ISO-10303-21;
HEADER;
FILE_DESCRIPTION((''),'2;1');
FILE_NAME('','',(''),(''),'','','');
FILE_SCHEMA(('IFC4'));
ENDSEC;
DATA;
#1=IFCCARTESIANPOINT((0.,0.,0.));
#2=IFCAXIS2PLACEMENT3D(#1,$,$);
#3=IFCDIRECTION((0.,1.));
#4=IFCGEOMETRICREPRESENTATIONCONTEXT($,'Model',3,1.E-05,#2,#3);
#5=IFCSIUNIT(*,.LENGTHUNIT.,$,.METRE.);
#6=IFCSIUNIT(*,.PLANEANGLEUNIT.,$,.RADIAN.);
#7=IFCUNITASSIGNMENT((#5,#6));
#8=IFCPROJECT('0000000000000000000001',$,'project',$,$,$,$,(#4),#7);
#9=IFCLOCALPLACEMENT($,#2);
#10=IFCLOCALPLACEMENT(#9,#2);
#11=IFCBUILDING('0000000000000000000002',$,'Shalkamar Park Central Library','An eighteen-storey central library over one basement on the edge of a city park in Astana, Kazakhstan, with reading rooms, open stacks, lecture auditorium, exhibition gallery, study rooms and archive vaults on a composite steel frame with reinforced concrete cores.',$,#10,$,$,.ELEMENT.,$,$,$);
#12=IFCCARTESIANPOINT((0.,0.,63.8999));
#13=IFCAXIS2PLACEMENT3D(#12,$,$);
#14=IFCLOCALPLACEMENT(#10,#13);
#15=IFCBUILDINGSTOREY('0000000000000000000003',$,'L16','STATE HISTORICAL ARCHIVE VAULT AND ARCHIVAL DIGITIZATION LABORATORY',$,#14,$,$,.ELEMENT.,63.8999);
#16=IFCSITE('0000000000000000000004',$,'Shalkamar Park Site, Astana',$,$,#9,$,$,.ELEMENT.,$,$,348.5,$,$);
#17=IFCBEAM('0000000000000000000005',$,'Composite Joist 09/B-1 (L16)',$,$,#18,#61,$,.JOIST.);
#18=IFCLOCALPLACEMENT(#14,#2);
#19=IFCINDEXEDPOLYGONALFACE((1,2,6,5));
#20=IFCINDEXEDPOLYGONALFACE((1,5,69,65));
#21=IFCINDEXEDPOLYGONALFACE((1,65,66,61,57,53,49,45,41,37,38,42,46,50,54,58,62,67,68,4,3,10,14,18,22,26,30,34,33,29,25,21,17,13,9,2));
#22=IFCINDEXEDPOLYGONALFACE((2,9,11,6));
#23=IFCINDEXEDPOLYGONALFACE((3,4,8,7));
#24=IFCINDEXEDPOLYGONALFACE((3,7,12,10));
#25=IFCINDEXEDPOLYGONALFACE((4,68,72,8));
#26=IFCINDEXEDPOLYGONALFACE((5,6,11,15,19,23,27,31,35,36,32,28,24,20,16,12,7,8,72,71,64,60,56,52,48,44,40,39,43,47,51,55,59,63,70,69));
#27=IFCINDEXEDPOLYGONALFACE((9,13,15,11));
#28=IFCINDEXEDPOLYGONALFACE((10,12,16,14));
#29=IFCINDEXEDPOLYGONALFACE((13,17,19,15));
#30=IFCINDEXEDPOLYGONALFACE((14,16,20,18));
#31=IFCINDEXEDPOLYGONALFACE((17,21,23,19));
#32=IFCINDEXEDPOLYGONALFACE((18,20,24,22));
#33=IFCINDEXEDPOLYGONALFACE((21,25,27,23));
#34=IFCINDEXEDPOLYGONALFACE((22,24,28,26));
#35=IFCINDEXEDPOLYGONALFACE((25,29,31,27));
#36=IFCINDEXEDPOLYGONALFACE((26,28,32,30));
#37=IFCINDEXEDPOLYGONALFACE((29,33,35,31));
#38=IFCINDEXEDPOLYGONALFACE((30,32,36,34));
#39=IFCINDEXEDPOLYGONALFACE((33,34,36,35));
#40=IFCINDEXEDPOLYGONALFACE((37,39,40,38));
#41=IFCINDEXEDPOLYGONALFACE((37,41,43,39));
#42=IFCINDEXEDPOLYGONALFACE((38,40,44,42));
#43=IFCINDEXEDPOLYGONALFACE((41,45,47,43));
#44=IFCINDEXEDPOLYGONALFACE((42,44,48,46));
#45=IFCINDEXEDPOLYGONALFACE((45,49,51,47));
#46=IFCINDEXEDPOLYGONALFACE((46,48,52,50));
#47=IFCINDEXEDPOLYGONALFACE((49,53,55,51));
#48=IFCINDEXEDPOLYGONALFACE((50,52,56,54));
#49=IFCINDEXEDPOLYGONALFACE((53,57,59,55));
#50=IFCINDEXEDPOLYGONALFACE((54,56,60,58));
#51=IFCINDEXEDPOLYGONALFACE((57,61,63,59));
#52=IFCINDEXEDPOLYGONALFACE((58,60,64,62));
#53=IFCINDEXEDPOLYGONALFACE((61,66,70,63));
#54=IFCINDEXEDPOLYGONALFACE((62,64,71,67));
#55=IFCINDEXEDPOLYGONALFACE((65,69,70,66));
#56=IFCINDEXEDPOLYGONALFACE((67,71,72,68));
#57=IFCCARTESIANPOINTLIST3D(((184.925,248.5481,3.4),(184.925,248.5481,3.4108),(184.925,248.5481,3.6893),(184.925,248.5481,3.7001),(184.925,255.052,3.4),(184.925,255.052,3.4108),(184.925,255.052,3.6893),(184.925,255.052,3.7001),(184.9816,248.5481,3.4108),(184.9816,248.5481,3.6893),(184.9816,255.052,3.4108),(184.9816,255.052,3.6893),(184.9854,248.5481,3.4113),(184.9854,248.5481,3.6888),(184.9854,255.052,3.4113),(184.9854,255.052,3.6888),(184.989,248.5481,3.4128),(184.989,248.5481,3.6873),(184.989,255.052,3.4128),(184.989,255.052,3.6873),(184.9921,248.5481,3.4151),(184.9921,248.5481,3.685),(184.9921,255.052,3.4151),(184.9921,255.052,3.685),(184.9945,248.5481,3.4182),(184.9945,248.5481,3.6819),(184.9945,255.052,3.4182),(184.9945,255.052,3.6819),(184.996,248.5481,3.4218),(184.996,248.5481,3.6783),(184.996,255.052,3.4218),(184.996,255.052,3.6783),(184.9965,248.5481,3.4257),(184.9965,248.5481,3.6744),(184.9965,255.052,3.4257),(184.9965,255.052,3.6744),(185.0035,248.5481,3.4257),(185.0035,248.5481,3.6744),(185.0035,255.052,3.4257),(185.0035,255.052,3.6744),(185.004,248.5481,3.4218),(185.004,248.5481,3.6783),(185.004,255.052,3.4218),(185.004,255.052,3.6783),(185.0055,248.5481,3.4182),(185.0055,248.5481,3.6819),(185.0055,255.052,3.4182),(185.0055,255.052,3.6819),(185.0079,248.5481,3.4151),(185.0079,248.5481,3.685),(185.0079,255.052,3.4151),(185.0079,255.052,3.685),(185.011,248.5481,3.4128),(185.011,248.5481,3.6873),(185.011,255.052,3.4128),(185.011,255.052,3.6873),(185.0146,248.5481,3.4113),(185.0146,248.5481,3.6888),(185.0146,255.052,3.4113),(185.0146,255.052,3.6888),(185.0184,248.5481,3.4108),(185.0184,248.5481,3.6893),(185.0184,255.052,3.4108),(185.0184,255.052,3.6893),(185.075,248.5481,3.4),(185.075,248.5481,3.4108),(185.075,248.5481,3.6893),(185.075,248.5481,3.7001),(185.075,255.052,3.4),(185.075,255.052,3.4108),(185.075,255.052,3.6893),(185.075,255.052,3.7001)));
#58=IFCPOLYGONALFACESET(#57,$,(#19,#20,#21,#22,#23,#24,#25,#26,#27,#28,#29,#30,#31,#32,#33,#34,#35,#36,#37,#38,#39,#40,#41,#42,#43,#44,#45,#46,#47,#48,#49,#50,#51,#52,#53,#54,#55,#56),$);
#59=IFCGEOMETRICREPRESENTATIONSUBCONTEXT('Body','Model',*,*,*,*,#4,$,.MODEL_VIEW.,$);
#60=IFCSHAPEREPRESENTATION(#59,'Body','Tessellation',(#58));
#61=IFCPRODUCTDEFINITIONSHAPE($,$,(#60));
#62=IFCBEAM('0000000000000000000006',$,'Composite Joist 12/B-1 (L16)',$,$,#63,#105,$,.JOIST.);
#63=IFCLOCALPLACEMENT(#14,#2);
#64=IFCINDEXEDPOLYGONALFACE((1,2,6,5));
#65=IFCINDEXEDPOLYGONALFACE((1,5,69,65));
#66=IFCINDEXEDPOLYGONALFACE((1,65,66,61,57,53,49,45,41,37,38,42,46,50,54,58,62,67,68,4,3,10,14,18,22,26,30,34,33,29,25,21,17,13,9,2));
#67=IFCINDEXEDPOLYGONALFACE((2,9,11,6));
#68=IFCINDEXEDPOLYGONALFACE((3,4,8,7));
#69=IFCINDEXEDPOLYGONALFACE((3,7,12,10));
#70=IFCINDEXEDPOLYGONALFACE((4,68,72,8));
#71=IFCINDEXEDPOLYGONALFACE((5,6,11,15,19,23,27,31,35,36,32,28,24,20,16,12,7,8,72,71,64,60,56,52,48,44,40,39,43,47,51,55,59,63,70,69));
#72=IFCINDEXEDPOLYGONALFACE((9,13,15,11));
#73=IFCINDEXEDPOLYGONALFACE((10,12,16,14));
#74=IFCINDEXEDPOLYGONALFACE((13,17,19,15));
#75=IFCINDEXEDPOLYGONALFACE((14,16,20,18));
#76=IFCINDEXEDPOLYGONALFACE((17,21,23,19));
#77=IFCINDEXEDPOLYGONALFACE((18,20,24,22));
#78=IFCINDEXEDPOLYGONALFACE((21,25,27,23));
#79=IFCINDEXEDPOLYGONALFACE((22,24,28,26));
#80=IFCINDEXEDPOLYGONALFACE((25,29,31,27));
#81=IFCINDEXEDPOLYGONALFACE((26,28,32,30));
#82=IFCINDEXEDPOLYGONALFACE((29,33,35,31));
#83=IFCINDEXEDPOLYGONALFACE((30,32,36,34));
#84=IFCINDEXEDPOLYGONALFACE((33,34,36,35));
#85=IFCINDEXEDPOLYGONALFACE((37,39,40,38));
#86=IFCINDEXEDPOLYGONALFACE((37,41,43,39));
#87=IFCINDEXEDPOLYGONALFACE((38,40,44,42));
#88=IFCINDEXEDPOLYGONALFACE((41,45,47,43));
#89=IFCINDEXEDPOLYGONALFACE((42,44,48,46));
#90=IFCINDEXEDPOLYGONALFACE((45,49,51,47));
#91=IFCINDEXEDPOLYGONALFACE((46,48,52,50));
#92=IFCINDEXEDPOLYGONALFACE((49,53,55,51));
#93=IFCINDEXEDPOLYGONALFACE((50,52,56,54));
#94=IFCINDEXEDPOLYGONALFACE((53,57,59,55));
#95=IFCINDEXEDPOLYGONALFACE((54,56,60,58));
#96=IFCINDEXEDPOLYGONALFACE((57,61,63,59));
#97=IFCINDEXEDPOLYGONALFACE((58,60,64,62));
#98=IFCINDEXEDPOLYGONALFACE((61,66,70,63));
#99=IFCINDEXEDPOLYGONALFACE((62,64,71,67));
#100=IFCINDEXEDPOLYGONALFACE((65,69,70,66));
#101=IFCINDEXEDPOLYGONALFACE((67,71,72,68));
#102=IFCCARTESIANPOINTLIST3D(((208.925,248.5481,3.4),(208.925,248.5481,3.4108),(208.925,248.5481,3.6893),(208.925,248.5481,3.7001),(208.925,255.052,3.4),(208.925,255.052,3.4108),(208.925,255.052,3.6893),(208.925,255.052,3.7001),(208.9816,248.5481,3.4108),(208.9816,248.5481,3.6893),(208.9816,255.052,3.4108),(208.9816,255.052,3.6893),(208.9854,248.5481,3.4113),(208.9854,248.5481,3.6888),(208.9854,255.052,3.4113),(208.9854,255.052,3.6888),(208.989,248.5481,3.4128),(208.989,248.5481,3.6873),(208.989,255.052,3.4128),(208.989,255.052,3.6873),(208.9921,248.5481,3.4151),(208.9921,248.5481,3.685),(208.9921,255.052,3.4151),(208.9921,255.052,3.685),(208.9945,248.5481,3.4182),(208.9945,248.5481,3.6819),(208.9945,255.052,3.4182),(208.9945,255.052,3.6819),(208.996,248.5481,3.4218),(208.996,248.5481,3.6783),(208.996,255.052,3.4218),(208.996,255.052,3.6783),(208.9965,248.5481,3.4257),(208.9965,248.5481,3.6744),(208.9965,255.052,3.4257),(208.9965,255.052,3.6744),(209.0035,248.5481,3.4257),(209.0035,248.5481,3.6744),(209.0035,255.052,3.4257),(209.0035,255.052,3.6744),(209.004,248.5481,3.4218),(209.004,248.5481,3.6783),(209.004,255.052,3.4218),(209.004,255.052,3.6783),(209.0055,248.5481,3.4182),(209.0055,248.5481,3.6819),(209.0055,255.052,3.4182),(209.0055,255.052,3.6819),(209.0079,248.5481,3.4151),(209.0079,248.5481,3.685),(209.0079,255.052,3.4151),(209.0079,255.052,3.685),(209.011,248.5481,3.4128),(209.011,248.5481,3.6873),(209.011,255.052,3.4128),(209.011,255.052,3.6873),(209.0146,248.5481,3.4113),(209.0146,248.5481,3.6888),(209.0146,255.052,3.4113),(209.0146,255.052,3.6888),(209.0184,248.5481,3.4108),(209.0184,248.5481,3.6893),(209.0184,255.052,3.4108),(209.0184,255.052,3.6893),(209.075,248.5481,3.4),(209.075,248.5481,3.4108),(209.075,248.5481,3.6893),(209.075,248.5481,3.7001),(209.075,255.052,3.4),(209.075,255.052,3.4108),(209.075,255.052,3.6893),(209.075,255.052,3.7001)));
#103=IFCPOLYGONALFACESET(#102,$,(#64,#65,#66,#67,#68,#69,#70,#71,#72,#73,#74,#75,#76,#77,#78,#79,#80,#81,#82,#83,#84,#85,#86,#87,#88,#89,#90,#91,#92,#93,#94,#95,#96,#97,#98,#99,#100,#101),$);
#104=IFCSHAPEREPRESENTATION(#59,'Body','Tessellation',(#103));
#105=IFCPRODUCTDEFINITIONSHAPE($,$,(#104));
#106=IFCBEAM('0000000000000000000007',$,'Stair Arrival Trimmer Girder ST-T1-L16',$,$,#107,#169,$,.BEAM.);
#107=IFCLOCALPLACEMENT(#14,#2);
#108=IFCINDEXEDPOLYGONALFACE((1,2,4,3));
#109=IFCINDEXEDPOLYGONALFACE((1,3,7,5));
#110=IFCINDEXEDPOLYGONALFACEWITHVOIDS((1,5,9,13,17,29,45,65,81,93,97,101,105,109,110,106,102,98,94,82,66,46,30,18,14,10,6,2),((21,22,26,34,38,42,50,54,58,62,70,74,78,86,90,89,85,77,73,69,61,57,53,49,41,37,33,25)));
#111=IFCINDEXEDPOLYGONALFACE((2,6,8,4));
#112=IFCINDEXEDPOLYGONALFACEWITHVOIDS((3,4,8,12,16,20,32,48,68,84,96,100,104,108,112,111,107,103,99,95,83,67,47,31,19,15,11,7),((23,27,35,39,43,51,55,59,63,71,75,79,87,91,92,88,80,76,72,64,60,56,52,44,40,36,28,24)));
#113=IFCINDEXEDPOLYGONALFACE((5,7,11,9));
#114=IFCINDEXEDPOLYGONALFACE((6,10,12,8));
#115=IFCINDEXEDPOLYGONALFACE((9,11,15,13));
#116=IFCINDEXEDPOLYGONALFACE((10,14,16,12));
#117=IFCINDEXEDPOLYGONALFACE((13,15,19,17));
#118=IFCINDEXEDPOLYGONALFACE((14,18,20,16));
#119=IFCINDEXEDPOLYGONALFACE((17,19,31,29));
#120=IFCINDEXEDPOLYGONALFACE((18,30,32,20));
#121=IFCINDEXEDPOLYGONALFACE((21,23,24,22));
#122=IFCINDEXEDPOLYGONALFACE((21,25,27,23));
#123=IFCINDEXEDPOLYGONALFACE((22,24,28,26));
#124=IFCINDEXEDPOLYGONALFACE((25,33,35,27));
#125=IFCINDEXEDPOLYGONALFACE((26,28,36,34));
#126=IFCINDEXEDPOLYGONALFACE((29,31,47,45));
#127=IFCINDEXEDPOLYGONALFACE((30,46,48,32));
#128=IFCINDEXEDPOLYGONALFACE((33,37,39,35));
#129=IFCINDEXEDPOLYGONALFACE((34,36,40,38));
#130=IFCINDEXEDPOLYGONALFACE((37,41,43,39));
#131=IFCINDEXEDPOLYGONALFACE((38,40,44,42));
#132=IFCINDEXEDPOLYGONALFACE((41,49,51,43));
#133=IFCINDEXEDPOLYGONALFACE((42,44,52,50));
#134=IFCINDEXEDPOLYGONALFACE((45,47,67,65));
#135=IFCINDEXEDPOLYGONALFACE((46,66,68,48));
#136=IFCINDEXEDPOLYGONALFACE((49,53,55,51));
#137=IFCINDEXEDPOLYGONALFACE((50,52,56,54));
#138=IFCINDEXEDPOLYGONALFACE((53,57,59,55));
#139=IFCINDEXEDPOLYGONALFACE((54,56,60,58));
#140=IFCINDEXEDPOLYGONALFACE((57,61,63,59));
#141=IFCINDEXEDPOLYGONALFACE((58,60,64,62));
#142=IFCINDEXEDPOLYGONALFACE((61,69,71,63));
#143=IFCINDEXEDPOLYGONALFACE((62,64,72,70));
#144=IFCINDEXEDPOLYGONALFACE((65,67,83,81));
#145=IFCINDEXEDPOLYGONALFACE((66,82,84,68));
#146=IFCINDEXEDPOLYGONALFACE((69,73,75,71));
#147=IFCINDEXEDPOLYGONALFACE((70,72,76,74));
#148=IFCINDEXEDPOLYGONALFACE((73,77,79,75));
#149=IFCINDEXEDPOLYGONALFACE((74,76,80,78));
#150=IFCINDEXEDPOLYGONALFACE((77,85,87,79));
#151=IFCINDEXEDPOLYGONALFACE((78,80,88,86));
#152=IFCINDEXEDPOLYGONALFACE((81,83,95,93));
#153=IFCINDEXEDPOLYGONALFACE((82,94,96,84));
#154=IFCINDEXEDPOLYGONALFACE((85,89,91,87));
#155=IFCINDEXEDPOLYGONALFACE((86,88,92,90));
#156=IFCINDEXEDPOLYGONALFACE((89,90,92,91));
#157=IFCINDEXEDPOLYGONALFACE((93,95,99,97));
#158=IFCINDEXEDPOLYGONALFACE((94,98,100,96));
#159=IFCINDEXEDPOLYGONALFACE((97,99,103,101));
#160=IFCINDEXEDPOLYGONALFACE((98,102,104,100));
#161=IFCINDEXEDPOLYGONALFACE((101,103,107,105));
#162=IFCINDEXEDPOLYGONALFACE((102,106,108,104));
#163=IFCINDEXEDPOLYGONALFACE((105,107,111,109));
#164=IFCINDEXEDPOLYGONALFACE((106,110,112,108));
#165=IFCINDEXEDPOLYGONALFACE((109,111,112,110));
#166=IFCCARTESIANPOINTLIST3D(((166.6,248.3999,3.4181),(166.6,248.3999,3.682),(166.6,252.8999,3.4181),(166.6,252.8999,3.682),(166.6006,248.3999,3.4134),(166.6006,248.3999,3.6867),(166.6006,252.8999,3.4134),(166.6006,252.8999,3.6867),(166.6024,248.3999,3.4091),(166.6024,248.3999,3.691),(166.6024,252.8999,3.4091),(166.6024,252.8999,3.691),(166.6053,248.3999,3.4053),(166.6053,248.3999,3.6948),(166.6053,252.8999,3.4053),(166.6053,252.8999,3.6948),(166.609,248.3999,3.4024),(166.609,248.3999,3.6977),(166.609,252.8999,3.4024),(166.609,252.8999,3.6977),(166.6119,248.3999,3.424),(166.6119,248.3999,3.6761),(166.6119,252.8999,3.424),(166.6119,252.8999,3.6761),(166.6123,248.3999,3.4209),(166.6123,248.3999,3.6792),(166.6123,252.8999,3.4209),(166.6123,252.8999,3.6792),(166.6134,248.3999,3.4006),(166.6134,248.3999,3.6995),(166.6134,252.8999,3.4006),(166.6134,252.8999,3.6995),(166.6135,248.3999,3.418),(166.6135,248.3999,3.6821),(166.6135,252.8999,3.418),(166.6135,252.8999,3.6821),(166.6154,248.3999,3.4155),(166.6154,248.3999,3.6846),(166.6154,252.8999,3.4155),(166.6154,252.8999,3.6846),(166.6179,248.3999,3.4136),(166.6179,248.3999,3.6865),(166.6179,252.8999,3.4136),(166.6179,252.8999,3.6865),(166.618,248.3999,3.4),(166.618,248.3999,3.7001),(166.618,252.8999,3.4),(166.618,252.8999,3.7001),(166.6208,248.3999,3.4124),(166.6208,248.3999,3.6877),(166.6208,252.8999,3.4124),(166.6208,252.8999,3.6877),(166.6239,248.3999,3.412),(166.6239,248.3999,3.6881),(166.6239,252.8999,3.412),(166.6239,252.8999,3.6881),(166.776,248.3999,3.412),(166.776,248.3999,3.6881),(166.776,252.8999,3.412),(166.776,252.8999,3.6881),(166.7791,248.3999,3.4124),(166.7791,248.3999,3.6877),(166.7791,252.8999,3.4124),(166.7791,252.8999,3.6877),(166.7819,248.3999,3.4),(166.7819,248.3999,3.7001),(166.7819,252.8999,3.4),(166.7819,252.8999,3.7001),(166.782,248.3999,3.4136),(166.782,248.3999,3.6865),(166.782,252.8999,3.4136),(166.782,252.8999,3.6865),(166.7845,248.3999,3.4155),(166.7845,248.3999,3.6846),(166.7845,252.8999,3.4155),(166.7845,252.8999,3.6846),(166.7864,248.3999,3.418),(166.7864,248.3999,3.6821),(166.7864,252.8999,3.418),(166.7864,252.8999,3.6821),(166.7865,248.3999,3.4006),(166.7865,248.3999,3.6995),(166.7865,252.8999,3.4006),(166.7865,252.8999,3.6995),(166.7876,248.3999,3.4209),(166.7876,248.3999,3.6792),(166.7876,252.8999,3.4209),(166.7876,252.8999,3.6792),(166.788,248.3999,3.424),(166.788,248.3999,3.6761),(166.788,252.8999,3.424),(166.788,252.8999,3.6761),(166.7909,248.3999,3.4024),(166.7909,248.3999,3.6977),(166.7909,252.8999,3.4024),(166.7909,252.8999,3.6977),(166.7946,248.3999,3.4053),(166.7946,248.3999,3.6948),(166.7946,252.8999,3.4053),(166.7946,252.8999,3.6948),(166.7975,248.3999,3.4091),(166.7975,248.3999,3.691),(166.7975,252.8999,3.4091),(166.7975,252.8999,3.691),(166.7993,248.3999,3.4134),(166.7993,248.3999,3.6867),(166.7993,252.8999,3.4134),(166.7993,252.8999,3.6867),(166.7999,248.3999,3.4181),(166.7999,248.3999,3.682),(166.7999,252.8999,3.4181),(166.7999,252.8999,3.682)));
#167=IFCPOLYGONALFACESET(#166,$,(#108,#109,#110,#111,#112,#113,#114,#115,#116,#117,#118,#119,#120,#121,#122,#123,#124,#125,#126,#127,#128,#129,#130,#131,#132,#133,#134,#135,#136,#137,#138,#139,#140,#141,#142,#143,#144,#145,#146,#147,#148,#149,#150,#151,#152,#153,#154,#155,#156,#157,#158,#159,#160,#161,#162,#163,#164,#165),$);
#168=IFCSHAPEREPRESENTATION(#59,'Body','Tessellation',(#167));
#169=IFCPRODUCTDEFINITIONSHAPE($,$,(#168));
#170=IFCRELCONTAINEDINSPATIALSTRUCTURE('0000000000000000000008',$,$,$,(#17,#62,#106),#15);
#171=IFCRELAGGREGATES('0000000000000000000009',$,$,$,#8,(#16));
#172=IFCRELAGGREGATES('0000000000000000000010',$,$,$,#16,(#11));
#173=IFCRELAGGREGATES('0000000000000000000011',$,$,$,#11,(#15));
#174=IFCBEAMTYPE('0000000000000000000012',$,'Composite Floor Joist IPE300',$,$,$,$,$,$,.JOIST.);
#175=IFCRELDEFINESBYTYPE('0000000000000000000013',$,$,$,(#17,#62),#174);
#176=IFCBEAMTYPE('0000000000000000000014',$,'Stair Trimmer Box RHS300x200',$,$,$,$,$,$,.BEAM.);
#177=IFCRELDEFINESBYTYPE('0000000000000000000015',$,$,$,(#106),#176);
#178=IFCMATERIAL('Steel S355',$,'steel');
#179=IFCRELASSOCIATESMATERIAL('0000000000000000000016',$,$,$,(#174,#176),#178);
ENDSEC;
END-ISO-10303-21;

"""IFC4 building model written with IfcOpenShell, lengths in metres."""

from ifc_helpers import new_model, si_unit, direction, frame, origin, origin_2d, place, context, subcontext, project, spatial, hollow_rectangle, i_section, extrude, material, material_profile, profile_set, type_object, element, save


model = new_model("IFC4")

# Units and contexts
model_context = context("Model", 3, precision=1e-05, world=origin(), true_north=direction((0.0, 1.0)))
body_context = subcontext(model_context, "Body", "Model", "MODEL_VIEW")
ifc_project = project(units=[si_unit("LENGTHUNIT", "METRE"), si_unit("PLANEANGLEUNIT", "RADIAN")], contexts=[model_context])

# Site, building, storey
site_placement = place(None, origin())
site = spatial("IfcSite", under=ifc_project, at=site_placement, Name="Shalkamar Park Site, Astana", CompositionType="ELEMENT", RefElevation=348.5)
building_placement = place(site_placement, origin())
building = spatial("IfcBuilding", under=site, at=building_placement, Name="Shalkamar Park Central Library", Description="An eighteen-storey central library over one basement on the edge of a city park in Astana, Kazakhstan, with reading rooms, open stacks, lecture auditorium, exhibition gallery, study rooms and archive vaults on a composite steel frame with reinforced concrete cores.", CompositionType="ELEMENT")
storey_placement = place(building_placement, frame((0.0, 0.0, 63.8999)))
storey = spatial("IfcBuildingStorey", under=building, at=storey_placement, Name="L16", Description="STATE HISTORICAL ARCHIVE VAULT AND ARCHIVAL DIGITIZATION LABORATORY", CompositionType="ELEMENT", Elevation=63.8999)

# Beams
ifc_material_1 = material(Name="Steel S355", Category="steel")
ifc_material_profile_1 = material_profile(ifc_material_1, i_section(OverallWidth=0.1499, OverallDepth=0.3, WebThickness=0.0071, FlangeThickness=0.0107, FilletRadius=0.0149, at=origin_2d()), Name="IPE 300")
ifc_profile_set_1 = profile_set([ifc_material_profile_1], Name="Steel S355")
beam_type_1 = type_object("IfcBeamType", Name="Composite Floor Joist IPE300", PredefinedType="JOIST", material=ifc_profile_set_1)
for number, where, z_axis, x_axis, name in (
    (1, (185.0, 248.5481, 3.55), (0.0, 1.0, 0.0), (-1.0, 0.0, 0.0), "Composite Joist 09/B-1 (L16)"),
    (2, (209.0, 248.5481, 3.55), (0.0, 1.0, 0.0), (-1.0, 0.0, 0.0), "Composite Joist 12/B-1 (L16)"),
):
    element("IfcBeam", number, at=place(storey_placement, frame(where, z_axis=z_axis, x_axis=x_axis)), inside=storey, type_object=beam_type_1, Name=name, PredefinedType="JOIST", context=body_context, shape_type="SweptSolid", body=[
        extrude(i_section(OverallWidth=0.1499, OverallDepth=0.3, WebThickness=0.0071, FlangeThickness=0.0107, FilletRadius=0.0149, at=origin_2d()), origin(), (0.0, 0.0, 1.0), 6.5039),
    ])
ifc_material_profile_2 = material_profile(ifc_material_1, hollow_rectangle(XDim=0.2, YDim=0.3, WallThickness=0.012, InnerFilletRadius=0.012, OuterFilletRadius=0.0181, at=origin_2d()), Name="RHS 300x200x12")
ifc_profile_set_2 = profile_set([ifc_material_profile_2], Name="Steel S355")
beam_type_2 = type_object("IfcBeamType", Name="Stair Trimmer Box RHS300x200", PredefinedType="BEAM", material=ifc_profile_set_2)
for number, where, z_axis, x_axis, name in (
    (3, (166.7, 248.3999, 3.55), (0.0, 1.0, 0.0), (-1.0, 0.0, 0.0), "Stair Arrival Trimmer Girder ST-T1-L16"),
):
    element("IfcBeam", number, at=place(storey_placement, frame(where, z_axis=z_axis, x_axis=x_axis)), inside=storey, type_object=beam_type_2, Name=name, PredefinedType="BEAM", context=body_context, shape_type="SweptSolid", body=[
        extrude(hollow_rectangle(XDim=0.2, YDim=0.3, WallThickness=0.012, InnerFilletRadius=0.012, OuterFilletRadius=0.0181, at=origin_2d()), origin(), (0.0, 0.0, 1.0), 4.5),
    ])

save(model, "model.ifc")
